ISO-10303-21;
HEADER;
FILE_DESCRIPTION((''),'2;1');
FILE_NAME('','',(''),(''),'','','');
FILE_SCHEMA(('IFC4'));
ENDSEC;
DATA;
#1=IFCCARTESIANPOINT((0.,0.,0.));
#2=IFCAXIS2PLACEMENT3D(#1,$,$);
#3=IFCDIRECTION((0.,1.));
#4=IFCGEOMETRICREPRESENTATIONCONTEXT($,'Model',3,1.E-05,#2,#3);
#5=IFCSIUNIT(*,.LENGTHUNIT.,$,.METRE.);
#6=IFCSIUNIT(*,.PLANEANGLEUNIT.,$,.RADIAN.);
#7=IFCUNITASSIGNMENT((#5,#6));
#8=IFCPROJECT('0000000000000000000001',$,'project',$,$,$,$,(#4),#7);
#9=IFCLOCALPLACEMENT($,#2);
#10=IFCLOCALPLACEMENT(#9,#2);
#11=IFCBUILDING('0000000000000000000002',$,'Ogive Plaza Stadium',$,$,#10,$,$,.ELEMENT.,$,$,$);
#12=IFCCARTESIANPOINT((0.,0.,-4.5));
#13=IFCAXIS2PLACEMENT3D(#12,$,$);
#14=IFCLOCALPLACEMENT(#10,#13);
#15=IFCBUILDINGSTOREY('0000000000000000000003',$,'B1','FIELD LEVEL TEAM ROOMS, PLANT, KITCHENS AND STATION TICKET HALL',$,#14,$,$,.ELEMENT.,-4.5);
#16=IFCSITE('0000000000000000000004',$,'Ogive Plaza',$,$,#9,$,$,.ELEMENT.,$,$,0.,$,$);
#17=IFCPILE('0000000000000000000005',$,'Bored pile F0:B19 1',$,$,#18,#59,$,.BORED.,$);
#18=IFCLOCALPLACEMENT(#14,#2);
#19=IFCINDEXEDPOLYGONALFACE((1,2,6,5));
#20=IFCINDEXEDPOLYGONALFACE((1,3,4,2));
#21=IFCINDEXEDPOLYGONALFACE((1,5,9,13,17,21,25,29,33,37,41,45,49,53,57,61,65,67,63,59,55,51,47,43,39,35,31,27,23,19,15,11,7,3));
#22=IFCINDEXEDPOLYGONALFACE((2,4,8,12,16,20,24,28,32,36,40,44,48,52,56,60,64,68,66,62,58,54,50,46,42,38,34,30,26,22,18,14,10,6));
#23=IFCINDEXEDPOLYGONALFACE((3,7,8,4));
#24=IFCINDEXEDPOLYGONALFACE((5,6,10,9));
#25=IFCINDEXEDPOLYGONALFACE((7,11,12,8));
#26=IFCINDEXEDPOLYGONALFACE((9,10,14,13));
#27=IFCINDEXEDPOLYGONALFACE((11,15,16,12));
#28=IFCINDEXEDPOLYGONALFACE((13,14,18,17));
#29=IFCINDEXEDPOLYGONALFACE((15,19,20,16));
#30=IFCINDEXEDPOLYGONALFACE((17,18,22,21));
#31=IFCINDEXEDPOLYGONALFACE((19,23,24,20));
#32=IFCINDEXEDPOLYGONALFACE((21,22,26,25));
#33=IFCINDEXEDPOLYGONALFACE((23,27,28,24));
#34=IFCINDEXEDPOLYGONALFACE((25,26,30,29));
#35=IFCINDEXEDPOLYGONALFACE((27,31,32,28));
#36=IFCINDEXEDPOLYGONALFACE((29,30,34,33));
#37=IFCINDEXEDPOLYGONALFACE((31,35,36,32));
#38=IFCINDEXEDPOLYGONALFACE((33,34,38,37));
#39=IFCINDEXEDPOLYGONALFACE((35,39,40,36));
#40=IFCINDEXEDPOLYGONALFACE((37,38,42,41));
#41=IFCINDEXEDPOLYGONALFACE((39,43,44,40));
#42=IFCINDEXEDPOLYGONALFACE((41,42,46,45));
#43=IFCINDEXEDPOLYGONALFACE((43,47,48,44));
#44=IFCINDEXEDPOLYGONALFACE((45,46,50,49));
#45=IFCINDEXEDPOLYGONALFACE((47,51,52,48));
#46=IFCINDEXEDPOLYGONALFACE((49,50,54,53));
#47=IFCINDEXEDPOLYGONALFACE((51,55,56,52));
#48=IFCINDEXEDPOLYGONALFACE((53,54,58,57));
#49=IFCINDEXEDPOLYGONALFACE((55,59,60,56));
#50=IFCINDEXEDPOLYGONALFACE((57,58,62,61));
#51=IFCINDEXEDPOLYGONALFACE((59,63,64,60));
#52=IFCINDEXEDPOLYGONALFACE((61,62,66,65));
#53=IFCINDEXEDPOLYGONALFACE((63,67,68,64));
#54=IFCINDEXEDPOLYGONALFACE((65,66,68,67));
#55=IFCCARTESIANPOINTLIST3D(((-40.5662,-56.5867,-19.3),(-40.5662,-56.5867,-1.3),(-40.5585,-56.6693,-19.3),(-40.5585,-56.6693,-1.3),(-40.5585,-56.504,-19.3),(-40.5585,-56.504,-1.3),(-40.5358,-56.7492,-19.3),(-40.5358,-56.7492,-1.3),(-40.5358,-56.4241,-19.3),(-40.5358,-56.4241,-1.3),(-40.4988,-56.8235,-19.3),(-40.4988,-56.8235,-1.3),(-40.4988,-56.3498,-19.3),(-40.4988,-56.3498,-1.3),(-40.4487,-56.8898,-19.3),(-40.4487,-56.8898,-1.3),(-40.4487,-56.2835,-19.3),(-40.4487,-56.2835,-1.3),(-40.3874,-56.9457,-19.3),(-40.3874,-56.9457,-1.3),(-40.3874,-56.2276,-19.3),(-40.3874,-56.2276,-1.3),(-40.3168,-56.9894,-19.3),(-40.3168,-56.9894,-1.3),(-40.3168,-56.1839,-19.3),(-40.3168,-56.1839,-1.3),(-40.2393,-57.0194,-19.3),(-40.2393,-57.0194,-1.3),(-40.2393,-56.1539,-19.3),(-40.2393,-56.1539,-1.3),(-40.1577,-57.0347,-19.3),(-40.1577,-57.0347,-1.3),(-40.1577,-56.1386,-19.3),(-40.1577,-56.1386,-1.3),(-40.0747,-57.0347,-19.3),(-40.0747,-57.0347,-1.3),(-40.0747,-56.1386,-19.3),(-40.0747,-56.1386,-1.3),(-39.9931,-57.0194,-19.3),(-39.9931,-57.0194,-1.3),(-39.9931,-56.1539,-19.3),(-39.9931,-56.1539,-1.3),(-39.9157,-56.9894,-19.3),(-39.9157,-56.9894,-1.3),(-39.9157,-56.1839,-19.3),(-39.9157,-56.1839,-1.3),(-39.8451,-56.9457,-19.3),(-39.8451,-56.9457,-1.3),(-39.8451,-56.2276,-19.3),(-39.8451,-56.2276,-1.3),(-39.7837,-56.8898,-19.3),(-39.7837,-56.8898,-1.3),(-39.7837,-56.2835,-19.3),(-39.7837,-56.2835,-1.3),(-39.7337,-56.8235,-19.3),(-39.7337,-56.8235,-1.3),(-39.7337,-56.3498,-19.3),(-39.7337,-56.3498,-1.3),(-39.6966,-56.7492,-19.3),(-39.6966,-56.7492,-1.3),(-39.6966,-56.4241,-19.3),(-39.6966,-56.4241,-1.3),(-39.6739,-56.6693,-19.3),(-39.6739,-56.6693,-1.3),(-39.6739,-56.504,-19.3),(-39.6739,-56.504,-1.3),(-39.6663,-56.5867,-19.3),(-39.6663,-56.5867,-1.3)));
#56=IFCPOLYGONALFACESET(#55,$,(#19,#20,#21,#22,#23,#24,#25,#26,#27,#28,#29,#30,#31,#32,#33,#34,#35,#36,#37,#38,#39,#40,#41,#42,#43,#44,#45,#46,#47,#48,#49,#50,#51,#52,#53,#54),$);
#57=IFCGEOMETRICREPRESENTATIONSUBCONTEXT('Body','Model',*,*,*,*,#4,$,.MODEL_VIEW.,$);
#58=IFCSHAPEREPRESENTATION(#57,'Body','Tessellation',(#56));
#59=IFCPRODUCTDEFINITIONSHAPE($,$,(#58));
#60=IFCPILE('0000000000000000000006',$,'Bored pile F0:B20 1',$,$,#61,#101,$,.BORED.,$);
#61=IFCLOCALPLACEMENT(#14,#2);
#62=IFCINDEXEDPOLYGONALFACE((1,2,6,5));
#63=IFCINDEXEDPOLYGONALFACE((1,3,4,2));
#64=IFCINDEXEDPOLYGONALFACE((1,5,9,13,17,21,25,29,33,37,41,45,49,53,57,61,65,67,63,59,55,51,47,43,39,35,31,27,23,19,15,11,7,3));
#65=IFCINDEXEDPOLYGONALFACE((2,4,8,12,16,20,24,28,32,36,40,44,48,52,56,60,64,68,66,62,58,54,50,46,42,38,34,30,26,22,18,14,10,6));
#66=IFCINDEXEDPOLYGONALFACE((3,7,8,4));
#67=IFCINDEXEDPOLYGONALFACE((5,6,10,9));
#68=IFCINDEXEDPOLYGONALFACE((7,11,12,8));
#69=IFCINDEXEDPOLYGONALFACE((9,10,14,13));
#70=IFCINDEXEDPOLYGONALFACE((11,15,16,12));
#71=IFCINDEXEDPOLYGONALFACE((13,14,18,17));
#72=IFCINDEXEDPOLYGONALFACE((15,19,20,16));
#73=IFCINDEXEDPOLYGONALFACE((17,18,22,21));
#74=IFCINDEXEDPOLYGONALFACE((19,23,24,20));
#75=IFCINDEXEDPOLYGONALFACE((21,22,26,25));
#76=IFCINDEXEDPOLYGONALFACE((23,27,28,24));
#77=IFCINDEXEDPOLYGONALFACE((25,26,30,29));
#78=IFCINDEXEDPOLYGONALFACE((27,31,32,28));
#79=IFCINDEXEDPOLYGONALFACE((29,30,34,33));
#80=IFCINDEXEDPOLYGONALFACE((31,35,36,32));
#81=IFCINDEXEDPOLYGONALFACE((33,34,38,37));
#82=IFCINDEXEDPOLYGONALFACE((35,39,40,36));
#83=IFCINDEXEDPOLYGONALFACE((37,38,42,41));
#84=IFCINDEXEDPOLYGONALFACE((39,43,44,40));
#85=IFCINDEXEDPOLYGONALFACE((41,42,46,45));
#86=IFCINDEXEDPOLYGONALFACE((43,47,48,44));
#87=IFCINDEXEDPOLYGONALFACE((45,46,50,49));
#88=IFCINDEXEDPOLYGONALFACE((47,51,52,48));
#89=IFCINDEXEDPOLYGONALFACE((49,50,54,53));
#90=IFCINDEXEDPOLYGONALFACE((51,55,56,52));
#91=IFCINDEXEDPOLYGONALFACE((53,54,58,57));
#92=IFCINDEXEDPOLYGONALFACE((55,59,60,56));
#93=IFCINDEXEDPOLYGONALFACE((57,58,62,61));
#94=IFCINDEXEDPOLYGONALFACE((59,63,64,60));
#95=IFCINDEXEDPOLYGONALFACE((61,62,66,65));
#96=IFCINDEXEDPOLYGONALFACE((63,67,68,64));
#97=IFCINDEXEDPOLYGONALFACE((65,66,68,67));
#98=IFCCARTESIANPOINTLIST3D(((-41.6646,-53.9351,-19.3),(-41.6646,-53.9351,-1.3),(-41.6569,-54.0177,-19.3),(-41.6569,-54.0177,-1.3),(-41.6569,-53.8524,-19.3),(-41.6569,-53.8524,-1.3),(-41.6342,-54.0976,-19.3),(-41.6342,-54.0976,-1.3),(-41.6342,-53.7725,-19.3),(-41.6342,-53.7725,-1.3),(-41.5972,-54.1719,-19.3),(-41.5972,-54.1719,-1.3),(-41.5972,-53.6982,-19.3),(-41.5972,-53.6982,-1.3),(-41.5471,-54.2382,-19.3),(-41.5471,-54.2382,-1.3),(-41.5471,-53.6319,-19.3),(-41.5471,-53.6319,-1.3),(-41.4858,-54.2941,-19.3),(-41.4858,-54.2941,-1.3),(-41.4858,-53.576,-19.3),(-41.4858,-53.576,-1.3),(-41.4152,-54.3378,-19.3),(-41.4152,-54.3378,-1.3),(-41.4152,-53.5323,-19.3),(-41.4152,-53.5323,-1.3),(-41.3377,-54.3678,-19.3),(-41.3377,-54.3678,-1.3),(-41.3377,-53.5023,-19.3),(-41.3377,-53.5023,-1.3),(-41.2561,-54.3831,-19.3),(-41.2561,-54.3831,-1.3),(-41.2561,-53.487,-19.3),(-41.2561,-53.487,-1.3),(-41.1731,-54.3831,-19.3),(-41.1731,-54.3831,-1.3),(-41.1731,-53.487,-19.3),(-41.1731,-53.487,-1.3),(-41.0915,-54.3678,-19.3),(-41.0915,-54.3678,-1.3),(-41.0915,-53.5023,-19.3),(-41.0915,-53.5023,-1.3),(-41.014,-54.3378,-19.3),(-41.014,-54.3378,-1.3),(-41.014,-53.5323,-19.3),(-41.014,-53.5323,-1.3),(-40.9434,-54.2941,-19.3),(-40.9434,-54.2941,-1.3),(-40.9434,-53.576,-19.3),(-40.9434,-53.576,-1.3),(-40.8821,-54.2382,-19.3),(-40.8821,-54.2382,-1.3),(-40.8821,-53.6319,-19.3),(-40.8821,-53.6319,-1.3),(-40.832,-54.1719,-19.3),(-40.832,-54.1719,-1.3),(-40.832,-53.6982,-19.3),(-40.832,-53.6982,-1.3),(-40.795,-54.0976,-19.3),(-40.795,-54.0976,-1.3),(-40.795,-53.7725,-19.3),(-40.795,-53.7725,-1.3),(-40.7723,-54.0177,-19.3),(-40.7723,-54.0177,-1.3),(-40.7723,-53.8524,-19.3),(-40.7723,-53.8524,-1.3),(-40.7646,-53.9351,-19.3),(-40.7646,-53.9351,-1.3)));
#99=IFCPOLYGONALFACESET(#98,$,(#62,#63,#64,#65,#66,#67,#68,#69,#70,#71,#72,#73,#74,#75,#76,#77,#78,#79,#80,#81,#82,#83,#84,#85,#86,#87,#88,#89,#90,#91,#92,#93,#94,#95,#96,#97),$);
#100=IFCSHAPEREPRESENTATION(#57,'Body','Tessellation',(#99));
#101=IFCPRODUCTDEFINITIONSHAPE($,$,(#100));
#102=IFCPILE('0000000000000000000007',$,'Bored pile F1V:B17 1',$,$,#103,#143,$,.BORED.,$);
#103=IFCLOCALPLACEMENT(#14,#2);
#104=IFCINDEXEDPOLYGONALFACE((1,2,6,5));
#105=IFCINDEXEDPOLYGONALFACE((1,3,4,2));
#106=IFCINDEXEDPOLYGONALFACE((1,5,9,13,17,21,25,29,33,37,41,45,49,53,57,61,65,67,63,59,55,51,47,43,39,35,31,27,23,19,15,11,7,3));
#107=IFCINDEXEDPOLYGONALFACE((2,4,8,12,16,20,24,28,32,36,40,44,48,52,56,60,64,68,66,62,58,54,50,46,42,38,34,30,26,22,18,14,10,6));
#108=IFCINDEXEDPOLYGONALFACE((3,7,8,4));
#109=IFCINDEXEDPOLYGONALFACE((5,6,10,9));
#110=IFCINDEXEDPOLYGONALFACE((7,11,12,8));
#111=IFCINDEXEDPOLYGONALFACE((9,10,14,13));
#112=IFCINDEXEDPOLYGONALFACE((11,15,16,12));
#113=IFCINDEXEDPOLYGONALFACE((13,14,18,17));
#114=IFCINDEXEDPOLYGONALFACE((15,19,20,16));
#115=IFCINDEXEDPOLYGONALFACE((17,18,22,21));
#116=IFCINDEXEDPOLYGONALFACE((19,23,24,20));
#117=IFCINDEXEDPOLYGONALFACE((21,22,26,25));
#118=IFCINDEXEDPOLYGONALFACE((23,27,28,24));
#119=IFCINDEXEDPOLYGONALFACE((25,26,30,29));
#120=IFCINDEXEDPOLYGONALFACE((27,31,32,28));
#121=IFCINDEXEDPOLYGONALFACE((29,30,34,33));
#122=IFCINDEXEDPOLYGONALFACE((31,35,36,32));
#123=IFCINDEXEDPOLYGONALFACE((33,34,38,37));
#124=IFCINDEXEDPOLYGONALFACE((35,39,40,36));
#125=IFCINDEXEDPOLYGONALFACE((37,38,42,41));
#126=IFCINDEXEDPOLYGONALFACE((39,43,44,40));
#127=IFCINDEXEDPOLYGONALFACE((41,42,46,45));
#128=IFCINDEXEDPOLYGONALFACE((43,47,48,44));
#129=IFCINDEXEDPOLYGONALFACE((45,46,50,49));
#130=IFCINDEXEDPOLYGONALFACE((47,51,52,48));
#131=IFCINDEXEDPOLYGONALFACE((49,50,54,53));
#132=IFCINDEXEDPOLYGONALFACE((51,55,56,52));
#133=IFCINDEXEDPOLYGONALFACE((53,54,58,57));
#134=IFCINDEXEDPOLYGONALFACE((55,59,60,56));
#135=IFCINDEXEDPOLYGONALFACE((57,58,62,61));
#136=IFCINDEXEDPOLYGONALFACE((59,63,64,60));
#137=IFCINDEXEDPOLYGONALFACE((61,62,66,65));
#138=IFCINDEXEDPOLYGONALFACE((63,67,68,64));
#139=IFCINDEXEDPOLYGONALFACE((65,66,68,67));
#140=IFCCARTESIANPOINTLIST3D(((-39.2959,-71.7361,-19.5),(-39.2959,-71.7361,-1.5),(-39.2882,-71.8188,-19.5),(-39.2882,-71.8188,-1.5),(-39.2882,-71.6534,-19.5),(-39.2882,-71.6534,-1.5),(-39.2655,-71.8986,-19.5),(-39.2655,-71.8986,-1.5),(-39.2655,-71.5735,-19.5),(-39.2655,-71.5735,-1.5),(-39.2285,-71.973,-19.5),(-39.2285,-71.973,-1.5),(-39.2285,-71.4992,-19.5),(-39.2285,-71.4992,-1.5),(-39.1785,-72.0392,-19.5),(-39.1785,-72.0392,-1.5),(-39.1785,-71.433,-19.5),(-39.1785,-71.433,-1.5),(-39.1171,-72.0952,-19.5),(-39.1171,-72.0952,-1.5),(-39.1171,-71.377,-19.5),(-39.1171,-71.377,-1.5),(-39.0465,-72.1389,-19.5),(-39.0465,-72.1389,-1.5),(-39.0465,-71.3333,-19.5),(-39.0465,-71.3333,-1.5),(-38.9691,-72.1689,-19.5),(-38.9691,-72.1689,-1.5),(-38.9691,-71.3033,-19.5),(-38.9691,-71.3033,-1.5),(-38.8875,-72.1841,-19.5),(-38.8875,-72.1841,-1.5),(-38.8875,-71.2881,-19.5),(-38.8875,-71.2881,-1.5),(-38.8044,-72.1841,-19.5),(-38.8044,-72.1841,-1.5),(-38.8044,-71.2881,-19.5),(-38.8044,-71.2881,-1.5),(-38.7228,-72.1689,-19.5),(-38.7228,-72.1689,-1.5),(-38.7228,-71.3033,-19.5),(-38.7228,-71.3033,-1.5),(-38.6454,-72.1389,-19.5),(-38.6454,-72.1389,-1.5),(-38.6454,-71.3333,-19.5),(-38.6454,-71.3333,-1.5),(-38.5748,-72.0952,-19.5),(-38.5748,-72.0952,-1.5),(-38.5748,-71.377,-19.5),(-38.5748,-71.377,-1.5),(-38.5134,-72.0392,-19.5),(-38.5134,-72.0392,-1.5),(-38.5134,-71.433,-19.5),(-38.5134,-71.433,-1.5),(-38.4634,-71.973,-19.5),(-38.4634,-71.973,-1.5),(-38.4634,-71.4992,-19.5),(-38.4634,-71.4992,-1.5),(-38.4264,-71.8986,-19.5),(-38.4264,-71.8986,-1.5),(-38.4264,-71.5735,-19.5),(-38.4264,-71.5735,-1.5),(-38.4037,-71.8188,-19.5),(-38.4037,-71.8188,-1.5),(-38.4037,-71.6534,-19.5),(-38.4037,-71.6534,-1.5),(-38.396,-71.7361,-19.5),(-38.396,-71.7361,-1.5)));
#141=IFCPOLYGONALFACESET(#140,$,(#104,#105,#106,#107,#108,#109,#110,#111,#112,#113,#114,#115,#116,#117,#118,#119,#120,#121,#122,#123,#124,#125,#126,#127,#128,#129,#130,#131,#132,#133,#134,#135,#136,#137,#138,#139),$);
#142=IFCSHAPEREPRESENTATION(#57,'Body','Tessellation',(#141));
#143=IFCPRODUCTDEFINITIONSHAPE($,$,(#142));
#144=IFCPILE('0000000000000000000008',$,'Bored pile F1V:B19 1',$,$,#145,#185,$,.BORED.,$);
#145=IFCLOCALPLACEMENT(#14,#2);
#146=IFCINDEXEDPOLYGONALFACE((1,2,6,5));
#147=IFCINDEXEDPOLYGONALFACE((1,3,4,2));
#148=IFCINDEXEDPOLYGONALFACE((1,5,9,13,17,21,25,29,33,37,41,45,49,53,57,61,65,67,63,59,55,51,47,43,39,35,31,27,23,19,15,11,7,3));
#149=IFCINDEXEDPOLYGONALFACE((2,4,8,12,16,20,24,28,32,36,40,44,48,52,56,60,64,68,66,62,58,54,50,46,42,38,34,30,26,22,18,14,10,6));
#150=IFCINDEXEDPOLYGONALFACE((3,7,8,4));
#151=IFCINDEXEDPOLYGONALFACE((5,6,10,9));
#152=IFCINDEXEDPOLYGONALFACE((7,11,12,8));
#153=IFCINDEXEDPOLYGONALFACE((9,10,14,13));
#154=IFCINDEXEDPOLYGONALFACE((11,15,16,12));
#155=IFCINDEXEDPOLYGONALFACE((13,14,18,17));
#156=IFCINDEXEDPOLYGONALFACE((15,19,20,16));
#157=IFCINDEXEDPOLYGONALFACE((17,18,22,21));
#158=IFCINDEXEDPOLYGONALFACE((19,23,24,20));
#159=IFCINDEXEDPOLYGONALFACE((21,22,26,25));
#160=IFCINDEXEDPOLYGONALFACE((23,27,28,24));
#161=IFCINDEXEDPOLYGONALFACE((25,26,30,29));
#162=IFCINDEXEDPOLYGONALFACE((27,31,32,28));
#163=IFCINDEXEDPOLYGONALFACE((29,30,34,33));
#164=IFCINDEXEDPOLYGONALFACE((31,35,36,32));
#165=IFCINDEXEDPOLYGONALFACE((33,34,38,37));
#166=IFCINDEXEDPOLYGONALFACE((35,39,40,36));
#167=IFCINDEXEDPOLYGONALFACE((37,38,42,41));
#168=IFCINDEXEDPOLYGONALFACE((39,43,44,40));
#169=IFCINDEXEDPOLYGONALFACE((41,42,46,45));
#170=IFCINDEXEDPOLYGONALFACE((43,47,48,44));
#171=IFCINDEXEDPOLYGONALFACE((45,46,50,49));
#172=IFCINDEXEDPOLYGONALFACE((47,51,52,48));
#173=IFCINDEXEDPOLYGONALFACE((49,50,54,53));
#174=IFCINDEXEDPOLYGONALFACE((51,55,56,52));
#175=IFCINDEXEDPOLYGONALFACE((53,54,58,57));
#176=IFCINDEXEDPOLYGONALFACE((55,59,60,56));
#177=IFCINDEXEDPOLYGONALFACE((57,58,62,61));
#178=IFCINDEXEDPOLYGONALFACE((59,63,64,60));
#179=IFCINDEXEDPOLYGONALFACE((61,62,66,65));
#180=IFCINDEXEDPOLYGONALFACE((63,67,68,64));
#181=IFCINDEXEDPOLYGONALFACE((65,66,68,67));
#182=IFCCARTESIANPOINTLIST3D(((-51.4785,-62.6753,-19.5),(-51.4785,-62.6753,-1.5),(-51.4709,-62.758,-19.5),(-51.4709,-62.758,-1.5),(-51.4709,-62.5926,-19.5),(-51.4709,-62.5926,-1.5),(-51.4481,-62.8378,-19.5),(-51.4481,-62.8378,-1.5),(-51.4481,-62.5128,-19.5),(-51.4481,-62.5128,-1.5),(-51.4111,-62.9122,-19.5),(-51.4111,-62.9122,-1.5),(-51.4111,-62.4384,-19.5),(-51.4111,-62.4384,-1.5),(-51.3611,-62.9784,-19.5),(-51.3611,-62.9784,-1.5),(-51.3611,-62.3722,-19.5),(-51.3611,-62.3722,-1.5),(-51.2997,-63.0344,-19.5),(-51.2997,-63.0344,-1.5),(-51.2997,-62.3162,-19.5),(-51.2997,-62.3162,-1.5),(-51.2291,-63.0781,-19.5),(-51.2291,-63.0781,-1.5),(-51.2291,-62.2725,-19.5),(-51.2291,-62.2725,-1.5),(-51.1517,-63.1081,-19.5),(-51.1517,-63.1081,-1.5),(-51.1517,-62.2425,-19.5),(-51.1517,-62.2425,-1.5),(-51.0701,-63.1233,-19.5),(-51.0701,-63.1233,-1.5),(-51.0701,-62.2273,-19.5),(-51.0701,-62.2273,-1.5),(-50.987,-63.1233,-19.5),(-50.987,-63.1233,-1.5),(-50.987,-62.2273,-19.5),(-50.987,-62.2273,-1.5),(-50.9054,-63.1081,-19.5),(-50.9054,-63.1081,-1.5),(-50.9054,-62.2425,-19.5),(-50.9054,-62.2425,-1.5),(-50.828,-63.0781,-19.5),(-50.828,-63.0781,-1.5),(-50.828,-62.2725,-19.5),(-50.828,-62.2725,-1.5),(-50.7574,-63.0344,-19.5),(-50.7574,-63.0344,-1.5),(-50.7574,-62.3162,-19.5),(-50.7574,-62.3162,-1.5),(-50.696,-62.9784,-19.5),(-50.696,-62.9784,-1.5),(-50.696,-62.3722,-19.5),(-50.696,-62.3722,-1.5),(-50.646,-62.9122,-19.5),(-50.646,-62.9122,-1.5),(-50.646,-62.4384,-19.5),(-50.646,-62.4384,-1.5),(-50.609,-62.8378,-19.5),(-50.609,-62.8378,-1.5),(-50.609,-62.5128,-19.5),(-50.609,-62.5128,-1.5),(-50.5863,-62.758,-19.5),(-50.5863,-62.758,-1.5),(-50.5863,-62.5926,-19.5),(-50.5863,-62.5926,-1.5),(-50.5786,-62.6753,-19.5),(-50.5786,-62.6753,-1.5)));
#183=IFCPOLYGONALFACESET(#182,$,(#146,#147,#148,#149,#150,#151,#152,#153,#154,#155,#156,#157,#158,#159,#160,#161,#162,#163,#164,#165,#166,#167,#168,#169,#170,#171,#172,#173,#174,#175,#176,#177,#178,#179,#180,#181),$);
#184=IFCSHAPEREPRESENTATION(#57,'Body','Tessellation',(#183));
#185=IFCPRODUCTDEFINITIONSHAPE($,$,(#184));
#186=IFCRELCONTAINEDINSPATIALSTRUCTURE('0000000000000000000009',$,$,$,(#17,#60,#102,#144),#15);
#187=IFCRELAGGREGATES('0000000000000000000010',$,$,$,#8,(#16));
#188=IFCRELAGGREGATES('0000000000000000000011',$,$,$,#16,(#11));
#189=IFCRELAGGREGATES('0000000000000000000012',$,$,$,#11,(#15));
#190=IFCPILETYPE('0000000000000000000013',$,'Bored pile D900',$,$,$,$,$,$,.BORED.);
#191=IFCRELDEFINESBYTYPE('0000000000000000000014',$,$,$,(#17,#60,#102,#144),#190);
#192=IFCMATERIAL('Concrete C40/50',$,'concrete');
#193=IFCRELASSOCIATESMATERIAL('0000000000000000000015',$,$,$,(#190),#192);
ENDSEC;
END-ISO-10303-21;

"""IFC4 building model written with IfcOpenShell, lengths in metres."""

from ifc_helpers import new_model, si_unit, direction, frame, origin, origin_2d, place, context, subcontext, project, spatial, circle, extrude, material, material_profile, profile_set, type_object, element, save


model = new_model("IFC4")

# Units and contexts
model_context = context("Model", 3, precision=1e-05, world=origin(), true_north=direction((0.0, 1.0)))
body_context = subcontext(model_context, "Body", "Model", "MODEL_VIEW")
ifc_project = project(units=[si_unit("LENGTHUNIT", "METRE"), si_unit("PLANEANGLEUNIT", "RADIAN")], contexts=[model_context])

# Site, building, storey
site_placement = place(None, origin())
site = spatial("IfcSite", under=ifc_project, at=site_placement, Name="Ogive Plaza", CompositionType="ELEMENT", RefElevation=0.0)
building_placement = place(site_placement, origin())
building = spatial("IfcBuilding", under=site, at=building_placement, Name="Ogive Plaza Stadium", CompositionType="ELEMENT")
storey_placement = place(building_placement, frame((0.0, 0.0, -4.5)))
storey = spatial("IfcBuildingStorey", under=building, at=storey_placement, Name="B1", Description="FIELD LEVEL TEAM ROOMS, PLANT, KITCHENS AND STATION TICKET HALL", CompositionType="ELEMENT", Elevation=-4.5)

# Piles
ifc_material_1 = material(Name="Concrete C40/50", Category="concrete")
ifc_material_profile_1 = material_profile(ifc_material_1, circle(Radius=0.45, at=origin_2d()), Name="RC D900")
ifc_profile_set_1 = profile_set([ifc_material_profile_1], Name="Concrete C40/50")
pile_type_1 = type_object("IfcPileType", Name="Bored pile D900", PredefinedType="BORED", material=ifc_profile_set_1)
for number, where, z_axis, x_axis, name in (
    (1, (-40.1162, -56.5867, -1.3), (0.0, 0.0, -1.0), (1.0, 0.0, 0.0), "Bored pile F0:B19 1"),
    (2, (-41.2146, -53.9351, -1.3), (0.0, 0.0, -1.0), (1.0, 0.0, 0.0), "Bored pile F0:B20 1"),
    (3, (-38.8459, -71.7361, -1.5), (0.0, 0.0, -1.0), (1.0, 0.0, 0.0), "Bored pile F1V:B17 1"),
    (4, (-51.0286, -62.6753, -1.5), (0.0, 0.0, -1.0), (1.0, 0.0, 0.0), "Bored pile F1V:B19 1"),
):
    element("IfcPile", number, at=place(storey_placement, frame(where, z_axis=z_axis, x_axis=x_axis)), inside=storey, type_object=pile_type_1, Name=name, PredefinedType="BORED", context=body_context, shape_type="SweptSolid", body=[
        extrude(circle(Radius=0.45, at=origin_2d()), origin(), (0.0, 0.0, 1.0), 18.0),
    ])

save(model, "model.ifc")
